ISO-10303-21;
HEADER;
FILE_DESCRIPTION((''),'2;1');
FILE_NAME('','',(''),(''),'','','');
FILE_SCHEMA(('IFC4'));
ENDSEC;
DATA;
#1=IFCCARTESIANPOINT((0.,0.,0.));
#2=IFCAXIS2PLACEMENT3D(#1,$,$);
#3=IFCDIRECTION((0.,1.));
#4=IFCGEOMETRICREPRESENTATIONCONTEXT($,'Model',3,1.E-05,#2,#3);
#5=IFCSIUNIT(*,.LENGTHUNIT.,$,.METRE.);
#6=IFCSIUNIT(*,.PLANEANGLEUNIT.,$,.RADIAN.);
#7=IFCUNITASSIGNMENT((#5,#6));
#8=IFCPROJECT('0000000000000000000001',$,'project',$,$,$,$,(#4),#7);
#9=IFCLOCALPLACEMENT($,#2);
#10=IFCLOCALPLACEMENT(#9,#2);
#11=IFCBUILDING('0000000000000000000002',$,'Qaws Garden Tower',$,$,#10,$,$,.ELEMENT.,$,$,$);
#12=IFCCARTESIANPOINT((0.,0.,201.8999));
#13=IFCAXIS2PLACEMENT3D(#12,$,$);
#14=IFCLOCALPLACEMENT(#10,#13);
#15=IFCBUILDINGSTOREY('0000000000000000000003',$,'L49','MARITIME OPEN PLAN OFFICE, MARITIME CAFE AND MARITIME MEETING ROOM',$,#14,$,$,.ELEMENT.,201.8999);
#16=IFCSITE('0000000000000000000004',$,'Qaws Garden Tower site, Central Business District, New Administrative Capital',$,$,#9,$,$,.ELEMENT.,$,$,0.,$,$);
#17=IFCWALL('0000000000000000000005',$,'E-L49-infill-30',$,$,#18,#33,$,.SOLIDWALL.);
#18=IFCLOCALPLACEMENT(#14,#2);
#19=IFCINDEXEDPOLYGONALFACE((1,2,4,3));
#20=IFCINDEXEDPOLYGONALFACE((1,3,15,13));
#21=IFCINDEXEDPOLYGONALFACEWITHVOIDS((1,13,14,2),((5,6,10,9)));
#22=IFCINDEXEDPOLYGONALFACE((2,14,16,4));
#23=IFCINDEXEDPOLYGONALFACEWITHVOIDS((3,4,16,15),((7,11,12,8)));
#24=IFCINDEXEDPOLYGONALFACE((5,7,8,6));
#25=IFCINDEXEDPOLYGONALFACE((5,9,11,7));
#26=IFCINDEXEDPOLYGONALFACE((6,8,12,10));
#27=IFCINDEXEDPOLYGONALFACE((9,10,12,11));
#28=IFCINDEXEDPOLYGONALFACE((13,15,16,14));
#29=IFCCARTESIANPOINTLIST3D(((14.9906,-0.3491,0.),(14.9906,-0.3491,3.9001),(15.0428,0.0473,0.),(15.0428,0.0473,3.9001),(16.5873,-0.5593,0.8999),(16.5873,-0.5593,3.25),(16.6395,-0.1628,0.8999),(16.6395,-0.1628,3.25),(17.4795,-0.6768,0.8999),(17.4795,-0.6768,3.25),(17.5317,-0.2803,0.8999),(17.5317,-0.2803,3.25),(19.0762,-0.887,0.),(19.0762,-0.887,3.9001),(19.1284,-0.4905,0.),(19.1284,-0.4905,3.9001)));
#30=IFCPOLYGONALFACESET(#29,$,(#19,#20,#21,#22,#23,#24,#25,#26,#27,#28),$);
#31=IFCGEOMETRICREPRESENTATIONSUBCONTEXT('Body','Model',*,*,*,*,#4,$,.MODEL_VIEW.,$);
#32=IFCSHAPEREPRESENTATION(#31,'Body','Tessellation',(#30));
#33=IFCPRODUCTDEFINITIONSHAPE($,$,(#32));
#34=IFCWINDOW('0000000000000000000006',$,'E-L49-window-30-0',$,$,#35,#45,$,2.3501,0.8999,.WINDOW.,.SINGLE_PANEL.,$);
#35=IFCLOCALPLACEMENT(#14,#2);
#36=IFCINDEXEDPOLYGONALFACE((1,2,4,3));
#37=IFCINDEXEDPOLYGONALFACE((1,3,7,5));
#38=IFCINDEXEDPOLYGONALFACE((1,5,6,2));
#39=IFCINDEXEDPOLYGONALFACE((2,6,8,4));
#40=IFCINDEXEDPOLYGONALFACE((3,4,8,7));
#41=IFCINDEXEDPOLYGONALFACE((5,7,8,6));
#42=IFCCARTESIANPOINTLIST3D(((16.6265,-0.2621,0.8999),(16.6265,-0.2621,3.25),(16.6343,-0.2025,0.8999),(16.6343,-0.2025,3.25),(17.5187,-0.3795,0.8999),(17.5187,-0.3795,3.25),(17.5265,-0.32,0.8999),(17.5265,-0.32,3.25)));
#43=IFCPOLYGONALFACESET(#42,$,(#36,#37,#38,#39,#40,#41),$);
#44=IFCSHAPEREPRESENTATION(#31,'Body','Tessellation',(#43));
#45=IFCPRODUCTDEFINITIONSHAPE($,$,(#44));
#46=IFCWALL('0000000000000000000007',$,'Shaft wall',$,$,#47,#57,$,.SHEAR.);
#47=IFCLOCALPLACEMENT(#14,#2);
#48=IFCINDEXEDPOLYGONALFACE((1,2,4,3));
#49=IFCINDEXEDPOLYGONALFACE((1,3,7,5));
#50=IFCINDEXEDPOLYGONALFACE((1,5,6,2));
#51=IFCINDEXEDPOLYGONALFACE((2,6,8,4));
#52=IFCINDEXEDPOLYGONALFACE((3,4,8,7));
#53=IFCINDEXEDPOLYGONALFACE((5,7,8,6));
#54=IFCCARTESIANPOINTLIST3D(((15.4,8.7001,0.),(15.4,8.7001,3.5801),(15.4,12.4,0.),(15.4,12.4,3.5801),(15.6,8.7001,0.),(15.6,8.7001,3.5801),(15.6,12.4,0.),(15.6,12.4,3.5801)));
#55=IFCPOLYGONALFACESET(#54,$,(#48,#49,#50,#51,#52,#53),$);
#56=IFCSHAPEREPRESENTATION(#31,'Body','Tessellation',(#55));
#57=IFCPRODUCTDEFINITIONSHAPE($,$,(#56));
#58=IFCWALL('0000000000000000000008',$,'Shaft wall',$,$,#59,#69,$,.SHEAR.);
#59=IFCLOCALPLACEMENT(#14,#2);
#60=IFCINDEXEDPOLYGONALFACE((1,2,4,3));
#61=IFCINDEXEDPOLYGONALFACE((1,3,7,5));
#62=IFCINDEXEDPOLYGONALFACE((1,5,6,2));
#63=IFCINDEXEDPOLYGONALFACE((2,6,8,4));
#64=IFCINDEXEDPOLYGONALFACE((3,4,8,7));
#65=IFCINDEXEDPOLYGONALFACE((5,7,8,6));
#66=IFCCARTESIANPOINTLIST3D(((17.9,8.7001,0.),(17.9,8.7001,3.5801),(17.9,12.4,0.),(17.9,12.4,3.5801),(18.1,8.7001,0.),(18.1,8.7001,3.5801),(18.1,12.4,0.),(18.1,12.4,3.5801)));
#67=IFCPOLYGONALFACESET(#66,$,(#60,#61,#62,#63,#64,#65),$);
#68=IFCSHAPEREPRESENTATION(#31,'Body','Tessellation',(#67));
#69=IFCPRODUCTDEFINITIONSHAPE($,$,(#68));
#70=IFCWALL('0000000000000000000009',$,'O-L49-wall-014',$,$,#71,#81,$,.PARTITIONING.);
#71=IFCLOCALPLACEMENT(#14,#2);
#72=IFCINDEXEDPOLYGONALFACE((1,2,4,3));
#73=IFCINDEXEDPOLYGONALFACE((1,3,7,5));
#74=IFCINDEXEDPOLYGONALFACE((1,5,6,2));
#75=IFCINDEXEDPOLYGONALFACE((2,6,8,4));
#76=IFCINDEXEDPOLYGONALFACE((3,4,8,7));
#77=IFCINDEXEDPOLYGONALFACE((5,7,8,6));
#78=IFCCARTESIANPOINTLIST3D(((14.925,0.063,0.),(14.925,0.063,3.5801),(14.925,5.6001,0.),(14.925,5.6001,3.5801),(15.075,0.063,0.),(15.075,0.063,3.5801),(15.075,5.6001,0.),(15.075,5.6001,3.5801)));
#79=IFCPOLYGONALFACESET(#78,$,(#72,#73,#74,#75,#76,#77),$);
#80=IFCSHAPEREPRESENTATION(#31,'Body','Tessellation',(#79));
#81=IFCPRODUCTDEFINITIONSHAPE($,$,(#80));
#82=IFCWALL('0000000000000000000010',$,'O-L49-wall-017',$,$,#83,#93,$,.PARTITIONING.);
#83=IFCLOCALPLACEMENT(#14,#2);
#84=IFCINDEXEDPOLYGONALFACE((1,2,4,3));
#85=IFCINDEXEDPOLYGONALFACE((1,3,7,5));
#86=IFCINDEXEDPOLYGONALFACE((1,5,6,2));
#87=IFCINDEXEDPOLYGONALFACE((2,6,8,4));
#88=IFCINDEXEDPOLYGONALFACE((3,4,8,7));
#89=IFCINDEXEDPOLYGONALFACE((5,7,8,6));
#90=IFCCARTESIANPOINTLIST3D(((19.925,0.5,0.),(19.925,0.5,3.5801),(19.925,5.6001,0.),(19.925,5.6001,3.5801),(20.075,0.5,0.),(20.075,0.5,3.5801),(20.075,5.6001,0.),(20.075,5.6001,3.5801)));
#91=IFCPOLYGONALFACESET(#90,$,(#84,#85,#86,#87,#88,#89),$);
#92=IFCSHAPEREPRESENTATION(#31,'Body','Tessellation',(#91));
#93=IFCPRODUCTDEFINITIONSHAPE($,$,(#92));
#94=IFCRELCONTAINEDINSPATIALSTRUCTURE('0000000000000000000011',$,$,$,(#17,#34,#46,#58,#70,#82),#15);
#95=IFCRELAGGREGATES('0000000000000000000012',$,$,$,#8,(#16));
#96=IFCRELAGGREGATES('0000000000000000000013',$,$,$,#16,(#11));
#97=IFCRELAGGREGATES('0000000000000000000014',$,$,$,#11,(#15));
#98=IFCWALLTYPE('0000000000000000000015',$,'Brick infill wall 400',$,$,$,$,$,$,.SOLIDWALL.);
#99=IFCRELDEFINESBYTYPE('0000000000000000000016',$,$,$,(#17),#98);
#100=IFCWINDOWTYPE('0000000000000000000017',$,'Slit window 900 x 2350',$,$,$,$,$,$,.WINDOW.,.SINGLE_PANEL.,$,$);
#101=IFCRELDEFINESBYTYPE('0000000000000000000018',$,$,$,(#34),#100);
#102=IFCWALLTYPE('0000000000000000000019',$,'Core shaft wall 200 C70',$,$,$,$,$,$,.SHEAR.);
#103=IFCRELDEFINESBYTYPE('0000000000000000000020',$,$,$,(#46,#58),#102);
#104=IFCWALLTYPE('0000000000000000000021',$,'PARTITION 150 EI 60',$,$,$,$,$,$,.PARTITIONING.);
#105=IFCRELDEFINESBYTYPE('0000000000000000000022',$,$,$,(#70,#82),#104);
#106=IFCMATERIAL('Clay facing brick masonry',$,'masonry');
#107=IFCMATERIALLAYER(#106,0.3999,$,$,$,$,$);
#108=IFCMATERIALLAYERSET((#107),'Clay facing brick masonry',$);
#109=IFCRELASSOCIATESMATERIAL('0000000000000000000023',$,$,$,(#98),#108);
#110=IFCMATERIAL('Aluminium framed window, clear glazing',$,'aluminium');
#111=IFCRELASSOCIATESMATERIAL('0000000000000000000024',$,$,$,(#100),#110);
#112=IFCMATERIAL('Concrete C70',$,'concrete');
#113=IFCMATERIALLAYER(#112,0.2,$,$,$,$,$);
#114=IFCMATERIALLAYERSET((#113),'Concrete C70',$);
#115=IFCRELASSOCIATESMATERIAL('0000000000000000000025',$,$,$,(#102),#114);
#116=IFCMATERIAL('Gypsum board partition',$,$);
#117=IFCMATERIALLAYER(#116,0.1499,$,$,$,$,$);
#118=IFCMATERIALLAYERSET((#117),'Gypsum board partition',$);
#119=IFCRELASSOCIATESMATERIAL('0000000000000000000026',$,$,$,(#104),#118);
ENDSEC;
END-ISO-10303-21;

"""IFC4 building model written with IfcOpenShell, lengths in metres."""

from ifc_helpers import new_model, si_unit, direction, frame, frame_2d, origin, place, context, subcontext, project, spatial, rectangle, extrude, material, layer, layer_set, type_object, element, fill, save


model = new_model("IFC4")

# Units and contexts
model_context = context("Model", 3, precision=1e-05, world=origin(), true_north=direction((0.0, 1.0)))
body_context = subcontext(model_context, "Body", "Model", "MODEL_VIEW")
ifc_project = project(units=[si_unit("LENGTHUNIT", "METRE"), si_unit("PLANEANGLEUNIT", "RADIAN")], contexts=[model_context])

# Site, building, storey
site_placement = place(None, origin())
site = spatial("IfcSite", under=ifc_project, at=site_placement, Name="Qaws Garden Tower site, Central Business District, New Administrative Capital", CompositionType="ELEMENT", RefElevation=0.0)
building_placement = place(site_placement, origin())
building = spatial("IfcBuilding", under=site, at=building_placement, Name="Qaws Garden Tower", CompositionType="ELEMENT")
storey_placement = place(building_placement, frame((0.0, 0.0, 201.8999)))
storey = spatial("IfcBuildingStorey", under=building, at=storey_placement, Name="L49", Description="MARITIME OPEN PLAN OFFICE, MARITIME CAFE AND MARITIME MEETING ROOM", CompositionType="ELEMENT", Elevation=201.8999)

# Shared definitions
ifc_material_1 = material(Name="Clay facing brick masonry", Category="masonry")
ifc_layer_1 = layer(ifc_material_1, 0.3999)
ifc_layer_set_1 = layer_set([ifc_layer_1], Name="Clay facing brick masonry")
wall_type_1 = type_object("IfcWallType", Name="Brick infill wall 400", PredefinedType="SOLIDWALL", material=ifc_layer_set_1)
ifc_material_2 = material(Name="Aluminium framed window, clear glazing", Category="aluminium")
window_type = type_object("IfcWindowType", Name="Slit window 900 x 2350", PartitioningType="SINGLE_PANEL", PredefinedType="WINDOW", material=ifc_material_2)

# Wall, opening, window
wall_1_placement = place(storey_placement, frame((15.0166, -0.1509, 0.0), z_axis=(0.0, 0.0, 1.0), x_axis=(0.991446, -0.130514, 0.0)))
wall_1 = element("IfcWall", 1, at=wall_1_placement, inside=storey, type_object=wall_type_1, Name="E-L49-infill-30", PredefinedType="SOLIDWALL", context=body_context, shape_type="SweptSolid", body=[
    extrude(rectangle(XDim=4.1208, YDim=0.3999, at=frame_2d((2.0605, 0.0))), origin(), (0.0, 0.0, 1.0), 3.9001),
])
opening_1_placement = place(wall_1_placement, frame((1.6106, 0.0, 0.8999)))
opening_1 = element("IfcOpeningElement", 2, at=opening_1_placement, cuts=wall_1, PredefinedType="OPENING", context=body_context, shape_type="SweptSolid", body=[
    extrude(rectangle(XDim=0.8999, YDim=2.3501, at=frame_2d((0.45, 1.175))), frame((0.0, 0.21, 0.0), z_axis=(0.0, -1.0, 0.0), x_axis=(1.0, 0.0, 0.0)), (0.0, 0.0, 1.0), 0.4199),
])
window_1_placement = place(opening_1_placement, origin())
window_1 = element("IfcWindow", 3, at=window_1_placement, inside=storey, type_object=window_type, Name="E-L49-window-30-0", OverallHeight=2.3501, OverallWidth=0.8999, PartitioningType="SINGLE_PANEL", PredefinedType="WINDOW", context=body_context, shape_type="SweptSolid", body=[
    extrude(rectangle(XDim=0.8999, YDim=2.3501, at=frame_2d((0.45, 1.175))), frame((0.0, 0.1599, 0.0), z_axis=(0.0, -1.0, 0.0), x_axis=(1.0, 0.0, 0.0)), (0.0, 0.0, 1.0), 0.0601),
])
fill(opening_1, window_1)

# Walls
ifc_material_3 = material(Name="Concrete C70", Category="concrete")
ifc_layer_2 = layer(ifc_material_3, 0.2)
ifc_layer_set_2 = layer_set([ifc_layer_2], Name="Concrete C70")
wall_type_2 = type_object("IfcWallType", Name="Core shaft wall 200 C70", PredefinedType="SHEAR", material=ifc_layer_set_2)
for number, where, z_axis, x_axis, name in (
    (4, (15.5, 8.7, 0.0), (0.0, 0.0, 1.0), (0.0, 1.0, 0.0), "Shaft wall"),
    (5, (18.0, 8.7, 0.0), (0.0, 0.0, 1.0), (0.0, 1.0, 0.0), "Shaft wall"),
):
    element("IfcWall", number, at=place(storey_placement, frame(where, z_axis=z_axis, x_axis=x_axis)), inside=storey, type_object=wall_type_2, Name=name, PredefinedType="SHEAR", context=body_context, shape_type="SweptSolid", body=[
        extrude(rectangle(XDim=3.7, YDim=0.2, at=frame_2d((1.8501, 0.0))), origin(), (0.0, 0.0, 1.0), 3.5801),
    ])
ifc_material_4 = material(Name="Gypsum board partition")
ifc_layer_3 = layer(ifc_material_4, 0.1499)
ifc_layer_set_3 = layer_set([ifc_layer_3], Name="Gypsum board partition")
wall_type_3 = type_object("IfcWallType", Name="PARTITION 150 EI 60", PredefinedType="PARTITIONING", material=ifc_layer_set_3)
wall_2_placement = place(storey_placement, frame((15.0, 0.063, 0.0), z_axis=(0.0, 0.0, 1.0), x_axis=(0.0, 1.0, 0.0)))
element("IfcWall", 6, at=wall_2_placement, inside=storey, type_object=wall_type_3, Name="O-L49-wall-014", PredefinedType="PARTITIONING", context=body_context, shape_type="SweptSolid", body=[
    extrude(rectangle(XDim=5.5371, YDim=0.1499, at=frame_2d((2.7686, 0.0))), origin(), (0.0, 0.0, 1.0), 3.5801),
])
wall_3_placement = place(storey_placement, frame((20.0, 0.5, 0.0), z_axis=(0.0, 0.0, 1.0), x_axis=(0.0, 1.0, 0.0)))
element("IfcWall", 7, at=wall_3_placement, inside=storey, type_object=wall_type_3, Name="O-L49-wall-017", PredefinedType="PARTITIONING", context=body_context, shape_type="SweptSolid", body=[
    extrude(rectangle(XDim=5.1001, YDim=0.1499, at=frame_2d((2.55, 0.0))), origin(), (0.0, 0.0, 1.0), 3.5801),
])

save(model, "model.ifc")
